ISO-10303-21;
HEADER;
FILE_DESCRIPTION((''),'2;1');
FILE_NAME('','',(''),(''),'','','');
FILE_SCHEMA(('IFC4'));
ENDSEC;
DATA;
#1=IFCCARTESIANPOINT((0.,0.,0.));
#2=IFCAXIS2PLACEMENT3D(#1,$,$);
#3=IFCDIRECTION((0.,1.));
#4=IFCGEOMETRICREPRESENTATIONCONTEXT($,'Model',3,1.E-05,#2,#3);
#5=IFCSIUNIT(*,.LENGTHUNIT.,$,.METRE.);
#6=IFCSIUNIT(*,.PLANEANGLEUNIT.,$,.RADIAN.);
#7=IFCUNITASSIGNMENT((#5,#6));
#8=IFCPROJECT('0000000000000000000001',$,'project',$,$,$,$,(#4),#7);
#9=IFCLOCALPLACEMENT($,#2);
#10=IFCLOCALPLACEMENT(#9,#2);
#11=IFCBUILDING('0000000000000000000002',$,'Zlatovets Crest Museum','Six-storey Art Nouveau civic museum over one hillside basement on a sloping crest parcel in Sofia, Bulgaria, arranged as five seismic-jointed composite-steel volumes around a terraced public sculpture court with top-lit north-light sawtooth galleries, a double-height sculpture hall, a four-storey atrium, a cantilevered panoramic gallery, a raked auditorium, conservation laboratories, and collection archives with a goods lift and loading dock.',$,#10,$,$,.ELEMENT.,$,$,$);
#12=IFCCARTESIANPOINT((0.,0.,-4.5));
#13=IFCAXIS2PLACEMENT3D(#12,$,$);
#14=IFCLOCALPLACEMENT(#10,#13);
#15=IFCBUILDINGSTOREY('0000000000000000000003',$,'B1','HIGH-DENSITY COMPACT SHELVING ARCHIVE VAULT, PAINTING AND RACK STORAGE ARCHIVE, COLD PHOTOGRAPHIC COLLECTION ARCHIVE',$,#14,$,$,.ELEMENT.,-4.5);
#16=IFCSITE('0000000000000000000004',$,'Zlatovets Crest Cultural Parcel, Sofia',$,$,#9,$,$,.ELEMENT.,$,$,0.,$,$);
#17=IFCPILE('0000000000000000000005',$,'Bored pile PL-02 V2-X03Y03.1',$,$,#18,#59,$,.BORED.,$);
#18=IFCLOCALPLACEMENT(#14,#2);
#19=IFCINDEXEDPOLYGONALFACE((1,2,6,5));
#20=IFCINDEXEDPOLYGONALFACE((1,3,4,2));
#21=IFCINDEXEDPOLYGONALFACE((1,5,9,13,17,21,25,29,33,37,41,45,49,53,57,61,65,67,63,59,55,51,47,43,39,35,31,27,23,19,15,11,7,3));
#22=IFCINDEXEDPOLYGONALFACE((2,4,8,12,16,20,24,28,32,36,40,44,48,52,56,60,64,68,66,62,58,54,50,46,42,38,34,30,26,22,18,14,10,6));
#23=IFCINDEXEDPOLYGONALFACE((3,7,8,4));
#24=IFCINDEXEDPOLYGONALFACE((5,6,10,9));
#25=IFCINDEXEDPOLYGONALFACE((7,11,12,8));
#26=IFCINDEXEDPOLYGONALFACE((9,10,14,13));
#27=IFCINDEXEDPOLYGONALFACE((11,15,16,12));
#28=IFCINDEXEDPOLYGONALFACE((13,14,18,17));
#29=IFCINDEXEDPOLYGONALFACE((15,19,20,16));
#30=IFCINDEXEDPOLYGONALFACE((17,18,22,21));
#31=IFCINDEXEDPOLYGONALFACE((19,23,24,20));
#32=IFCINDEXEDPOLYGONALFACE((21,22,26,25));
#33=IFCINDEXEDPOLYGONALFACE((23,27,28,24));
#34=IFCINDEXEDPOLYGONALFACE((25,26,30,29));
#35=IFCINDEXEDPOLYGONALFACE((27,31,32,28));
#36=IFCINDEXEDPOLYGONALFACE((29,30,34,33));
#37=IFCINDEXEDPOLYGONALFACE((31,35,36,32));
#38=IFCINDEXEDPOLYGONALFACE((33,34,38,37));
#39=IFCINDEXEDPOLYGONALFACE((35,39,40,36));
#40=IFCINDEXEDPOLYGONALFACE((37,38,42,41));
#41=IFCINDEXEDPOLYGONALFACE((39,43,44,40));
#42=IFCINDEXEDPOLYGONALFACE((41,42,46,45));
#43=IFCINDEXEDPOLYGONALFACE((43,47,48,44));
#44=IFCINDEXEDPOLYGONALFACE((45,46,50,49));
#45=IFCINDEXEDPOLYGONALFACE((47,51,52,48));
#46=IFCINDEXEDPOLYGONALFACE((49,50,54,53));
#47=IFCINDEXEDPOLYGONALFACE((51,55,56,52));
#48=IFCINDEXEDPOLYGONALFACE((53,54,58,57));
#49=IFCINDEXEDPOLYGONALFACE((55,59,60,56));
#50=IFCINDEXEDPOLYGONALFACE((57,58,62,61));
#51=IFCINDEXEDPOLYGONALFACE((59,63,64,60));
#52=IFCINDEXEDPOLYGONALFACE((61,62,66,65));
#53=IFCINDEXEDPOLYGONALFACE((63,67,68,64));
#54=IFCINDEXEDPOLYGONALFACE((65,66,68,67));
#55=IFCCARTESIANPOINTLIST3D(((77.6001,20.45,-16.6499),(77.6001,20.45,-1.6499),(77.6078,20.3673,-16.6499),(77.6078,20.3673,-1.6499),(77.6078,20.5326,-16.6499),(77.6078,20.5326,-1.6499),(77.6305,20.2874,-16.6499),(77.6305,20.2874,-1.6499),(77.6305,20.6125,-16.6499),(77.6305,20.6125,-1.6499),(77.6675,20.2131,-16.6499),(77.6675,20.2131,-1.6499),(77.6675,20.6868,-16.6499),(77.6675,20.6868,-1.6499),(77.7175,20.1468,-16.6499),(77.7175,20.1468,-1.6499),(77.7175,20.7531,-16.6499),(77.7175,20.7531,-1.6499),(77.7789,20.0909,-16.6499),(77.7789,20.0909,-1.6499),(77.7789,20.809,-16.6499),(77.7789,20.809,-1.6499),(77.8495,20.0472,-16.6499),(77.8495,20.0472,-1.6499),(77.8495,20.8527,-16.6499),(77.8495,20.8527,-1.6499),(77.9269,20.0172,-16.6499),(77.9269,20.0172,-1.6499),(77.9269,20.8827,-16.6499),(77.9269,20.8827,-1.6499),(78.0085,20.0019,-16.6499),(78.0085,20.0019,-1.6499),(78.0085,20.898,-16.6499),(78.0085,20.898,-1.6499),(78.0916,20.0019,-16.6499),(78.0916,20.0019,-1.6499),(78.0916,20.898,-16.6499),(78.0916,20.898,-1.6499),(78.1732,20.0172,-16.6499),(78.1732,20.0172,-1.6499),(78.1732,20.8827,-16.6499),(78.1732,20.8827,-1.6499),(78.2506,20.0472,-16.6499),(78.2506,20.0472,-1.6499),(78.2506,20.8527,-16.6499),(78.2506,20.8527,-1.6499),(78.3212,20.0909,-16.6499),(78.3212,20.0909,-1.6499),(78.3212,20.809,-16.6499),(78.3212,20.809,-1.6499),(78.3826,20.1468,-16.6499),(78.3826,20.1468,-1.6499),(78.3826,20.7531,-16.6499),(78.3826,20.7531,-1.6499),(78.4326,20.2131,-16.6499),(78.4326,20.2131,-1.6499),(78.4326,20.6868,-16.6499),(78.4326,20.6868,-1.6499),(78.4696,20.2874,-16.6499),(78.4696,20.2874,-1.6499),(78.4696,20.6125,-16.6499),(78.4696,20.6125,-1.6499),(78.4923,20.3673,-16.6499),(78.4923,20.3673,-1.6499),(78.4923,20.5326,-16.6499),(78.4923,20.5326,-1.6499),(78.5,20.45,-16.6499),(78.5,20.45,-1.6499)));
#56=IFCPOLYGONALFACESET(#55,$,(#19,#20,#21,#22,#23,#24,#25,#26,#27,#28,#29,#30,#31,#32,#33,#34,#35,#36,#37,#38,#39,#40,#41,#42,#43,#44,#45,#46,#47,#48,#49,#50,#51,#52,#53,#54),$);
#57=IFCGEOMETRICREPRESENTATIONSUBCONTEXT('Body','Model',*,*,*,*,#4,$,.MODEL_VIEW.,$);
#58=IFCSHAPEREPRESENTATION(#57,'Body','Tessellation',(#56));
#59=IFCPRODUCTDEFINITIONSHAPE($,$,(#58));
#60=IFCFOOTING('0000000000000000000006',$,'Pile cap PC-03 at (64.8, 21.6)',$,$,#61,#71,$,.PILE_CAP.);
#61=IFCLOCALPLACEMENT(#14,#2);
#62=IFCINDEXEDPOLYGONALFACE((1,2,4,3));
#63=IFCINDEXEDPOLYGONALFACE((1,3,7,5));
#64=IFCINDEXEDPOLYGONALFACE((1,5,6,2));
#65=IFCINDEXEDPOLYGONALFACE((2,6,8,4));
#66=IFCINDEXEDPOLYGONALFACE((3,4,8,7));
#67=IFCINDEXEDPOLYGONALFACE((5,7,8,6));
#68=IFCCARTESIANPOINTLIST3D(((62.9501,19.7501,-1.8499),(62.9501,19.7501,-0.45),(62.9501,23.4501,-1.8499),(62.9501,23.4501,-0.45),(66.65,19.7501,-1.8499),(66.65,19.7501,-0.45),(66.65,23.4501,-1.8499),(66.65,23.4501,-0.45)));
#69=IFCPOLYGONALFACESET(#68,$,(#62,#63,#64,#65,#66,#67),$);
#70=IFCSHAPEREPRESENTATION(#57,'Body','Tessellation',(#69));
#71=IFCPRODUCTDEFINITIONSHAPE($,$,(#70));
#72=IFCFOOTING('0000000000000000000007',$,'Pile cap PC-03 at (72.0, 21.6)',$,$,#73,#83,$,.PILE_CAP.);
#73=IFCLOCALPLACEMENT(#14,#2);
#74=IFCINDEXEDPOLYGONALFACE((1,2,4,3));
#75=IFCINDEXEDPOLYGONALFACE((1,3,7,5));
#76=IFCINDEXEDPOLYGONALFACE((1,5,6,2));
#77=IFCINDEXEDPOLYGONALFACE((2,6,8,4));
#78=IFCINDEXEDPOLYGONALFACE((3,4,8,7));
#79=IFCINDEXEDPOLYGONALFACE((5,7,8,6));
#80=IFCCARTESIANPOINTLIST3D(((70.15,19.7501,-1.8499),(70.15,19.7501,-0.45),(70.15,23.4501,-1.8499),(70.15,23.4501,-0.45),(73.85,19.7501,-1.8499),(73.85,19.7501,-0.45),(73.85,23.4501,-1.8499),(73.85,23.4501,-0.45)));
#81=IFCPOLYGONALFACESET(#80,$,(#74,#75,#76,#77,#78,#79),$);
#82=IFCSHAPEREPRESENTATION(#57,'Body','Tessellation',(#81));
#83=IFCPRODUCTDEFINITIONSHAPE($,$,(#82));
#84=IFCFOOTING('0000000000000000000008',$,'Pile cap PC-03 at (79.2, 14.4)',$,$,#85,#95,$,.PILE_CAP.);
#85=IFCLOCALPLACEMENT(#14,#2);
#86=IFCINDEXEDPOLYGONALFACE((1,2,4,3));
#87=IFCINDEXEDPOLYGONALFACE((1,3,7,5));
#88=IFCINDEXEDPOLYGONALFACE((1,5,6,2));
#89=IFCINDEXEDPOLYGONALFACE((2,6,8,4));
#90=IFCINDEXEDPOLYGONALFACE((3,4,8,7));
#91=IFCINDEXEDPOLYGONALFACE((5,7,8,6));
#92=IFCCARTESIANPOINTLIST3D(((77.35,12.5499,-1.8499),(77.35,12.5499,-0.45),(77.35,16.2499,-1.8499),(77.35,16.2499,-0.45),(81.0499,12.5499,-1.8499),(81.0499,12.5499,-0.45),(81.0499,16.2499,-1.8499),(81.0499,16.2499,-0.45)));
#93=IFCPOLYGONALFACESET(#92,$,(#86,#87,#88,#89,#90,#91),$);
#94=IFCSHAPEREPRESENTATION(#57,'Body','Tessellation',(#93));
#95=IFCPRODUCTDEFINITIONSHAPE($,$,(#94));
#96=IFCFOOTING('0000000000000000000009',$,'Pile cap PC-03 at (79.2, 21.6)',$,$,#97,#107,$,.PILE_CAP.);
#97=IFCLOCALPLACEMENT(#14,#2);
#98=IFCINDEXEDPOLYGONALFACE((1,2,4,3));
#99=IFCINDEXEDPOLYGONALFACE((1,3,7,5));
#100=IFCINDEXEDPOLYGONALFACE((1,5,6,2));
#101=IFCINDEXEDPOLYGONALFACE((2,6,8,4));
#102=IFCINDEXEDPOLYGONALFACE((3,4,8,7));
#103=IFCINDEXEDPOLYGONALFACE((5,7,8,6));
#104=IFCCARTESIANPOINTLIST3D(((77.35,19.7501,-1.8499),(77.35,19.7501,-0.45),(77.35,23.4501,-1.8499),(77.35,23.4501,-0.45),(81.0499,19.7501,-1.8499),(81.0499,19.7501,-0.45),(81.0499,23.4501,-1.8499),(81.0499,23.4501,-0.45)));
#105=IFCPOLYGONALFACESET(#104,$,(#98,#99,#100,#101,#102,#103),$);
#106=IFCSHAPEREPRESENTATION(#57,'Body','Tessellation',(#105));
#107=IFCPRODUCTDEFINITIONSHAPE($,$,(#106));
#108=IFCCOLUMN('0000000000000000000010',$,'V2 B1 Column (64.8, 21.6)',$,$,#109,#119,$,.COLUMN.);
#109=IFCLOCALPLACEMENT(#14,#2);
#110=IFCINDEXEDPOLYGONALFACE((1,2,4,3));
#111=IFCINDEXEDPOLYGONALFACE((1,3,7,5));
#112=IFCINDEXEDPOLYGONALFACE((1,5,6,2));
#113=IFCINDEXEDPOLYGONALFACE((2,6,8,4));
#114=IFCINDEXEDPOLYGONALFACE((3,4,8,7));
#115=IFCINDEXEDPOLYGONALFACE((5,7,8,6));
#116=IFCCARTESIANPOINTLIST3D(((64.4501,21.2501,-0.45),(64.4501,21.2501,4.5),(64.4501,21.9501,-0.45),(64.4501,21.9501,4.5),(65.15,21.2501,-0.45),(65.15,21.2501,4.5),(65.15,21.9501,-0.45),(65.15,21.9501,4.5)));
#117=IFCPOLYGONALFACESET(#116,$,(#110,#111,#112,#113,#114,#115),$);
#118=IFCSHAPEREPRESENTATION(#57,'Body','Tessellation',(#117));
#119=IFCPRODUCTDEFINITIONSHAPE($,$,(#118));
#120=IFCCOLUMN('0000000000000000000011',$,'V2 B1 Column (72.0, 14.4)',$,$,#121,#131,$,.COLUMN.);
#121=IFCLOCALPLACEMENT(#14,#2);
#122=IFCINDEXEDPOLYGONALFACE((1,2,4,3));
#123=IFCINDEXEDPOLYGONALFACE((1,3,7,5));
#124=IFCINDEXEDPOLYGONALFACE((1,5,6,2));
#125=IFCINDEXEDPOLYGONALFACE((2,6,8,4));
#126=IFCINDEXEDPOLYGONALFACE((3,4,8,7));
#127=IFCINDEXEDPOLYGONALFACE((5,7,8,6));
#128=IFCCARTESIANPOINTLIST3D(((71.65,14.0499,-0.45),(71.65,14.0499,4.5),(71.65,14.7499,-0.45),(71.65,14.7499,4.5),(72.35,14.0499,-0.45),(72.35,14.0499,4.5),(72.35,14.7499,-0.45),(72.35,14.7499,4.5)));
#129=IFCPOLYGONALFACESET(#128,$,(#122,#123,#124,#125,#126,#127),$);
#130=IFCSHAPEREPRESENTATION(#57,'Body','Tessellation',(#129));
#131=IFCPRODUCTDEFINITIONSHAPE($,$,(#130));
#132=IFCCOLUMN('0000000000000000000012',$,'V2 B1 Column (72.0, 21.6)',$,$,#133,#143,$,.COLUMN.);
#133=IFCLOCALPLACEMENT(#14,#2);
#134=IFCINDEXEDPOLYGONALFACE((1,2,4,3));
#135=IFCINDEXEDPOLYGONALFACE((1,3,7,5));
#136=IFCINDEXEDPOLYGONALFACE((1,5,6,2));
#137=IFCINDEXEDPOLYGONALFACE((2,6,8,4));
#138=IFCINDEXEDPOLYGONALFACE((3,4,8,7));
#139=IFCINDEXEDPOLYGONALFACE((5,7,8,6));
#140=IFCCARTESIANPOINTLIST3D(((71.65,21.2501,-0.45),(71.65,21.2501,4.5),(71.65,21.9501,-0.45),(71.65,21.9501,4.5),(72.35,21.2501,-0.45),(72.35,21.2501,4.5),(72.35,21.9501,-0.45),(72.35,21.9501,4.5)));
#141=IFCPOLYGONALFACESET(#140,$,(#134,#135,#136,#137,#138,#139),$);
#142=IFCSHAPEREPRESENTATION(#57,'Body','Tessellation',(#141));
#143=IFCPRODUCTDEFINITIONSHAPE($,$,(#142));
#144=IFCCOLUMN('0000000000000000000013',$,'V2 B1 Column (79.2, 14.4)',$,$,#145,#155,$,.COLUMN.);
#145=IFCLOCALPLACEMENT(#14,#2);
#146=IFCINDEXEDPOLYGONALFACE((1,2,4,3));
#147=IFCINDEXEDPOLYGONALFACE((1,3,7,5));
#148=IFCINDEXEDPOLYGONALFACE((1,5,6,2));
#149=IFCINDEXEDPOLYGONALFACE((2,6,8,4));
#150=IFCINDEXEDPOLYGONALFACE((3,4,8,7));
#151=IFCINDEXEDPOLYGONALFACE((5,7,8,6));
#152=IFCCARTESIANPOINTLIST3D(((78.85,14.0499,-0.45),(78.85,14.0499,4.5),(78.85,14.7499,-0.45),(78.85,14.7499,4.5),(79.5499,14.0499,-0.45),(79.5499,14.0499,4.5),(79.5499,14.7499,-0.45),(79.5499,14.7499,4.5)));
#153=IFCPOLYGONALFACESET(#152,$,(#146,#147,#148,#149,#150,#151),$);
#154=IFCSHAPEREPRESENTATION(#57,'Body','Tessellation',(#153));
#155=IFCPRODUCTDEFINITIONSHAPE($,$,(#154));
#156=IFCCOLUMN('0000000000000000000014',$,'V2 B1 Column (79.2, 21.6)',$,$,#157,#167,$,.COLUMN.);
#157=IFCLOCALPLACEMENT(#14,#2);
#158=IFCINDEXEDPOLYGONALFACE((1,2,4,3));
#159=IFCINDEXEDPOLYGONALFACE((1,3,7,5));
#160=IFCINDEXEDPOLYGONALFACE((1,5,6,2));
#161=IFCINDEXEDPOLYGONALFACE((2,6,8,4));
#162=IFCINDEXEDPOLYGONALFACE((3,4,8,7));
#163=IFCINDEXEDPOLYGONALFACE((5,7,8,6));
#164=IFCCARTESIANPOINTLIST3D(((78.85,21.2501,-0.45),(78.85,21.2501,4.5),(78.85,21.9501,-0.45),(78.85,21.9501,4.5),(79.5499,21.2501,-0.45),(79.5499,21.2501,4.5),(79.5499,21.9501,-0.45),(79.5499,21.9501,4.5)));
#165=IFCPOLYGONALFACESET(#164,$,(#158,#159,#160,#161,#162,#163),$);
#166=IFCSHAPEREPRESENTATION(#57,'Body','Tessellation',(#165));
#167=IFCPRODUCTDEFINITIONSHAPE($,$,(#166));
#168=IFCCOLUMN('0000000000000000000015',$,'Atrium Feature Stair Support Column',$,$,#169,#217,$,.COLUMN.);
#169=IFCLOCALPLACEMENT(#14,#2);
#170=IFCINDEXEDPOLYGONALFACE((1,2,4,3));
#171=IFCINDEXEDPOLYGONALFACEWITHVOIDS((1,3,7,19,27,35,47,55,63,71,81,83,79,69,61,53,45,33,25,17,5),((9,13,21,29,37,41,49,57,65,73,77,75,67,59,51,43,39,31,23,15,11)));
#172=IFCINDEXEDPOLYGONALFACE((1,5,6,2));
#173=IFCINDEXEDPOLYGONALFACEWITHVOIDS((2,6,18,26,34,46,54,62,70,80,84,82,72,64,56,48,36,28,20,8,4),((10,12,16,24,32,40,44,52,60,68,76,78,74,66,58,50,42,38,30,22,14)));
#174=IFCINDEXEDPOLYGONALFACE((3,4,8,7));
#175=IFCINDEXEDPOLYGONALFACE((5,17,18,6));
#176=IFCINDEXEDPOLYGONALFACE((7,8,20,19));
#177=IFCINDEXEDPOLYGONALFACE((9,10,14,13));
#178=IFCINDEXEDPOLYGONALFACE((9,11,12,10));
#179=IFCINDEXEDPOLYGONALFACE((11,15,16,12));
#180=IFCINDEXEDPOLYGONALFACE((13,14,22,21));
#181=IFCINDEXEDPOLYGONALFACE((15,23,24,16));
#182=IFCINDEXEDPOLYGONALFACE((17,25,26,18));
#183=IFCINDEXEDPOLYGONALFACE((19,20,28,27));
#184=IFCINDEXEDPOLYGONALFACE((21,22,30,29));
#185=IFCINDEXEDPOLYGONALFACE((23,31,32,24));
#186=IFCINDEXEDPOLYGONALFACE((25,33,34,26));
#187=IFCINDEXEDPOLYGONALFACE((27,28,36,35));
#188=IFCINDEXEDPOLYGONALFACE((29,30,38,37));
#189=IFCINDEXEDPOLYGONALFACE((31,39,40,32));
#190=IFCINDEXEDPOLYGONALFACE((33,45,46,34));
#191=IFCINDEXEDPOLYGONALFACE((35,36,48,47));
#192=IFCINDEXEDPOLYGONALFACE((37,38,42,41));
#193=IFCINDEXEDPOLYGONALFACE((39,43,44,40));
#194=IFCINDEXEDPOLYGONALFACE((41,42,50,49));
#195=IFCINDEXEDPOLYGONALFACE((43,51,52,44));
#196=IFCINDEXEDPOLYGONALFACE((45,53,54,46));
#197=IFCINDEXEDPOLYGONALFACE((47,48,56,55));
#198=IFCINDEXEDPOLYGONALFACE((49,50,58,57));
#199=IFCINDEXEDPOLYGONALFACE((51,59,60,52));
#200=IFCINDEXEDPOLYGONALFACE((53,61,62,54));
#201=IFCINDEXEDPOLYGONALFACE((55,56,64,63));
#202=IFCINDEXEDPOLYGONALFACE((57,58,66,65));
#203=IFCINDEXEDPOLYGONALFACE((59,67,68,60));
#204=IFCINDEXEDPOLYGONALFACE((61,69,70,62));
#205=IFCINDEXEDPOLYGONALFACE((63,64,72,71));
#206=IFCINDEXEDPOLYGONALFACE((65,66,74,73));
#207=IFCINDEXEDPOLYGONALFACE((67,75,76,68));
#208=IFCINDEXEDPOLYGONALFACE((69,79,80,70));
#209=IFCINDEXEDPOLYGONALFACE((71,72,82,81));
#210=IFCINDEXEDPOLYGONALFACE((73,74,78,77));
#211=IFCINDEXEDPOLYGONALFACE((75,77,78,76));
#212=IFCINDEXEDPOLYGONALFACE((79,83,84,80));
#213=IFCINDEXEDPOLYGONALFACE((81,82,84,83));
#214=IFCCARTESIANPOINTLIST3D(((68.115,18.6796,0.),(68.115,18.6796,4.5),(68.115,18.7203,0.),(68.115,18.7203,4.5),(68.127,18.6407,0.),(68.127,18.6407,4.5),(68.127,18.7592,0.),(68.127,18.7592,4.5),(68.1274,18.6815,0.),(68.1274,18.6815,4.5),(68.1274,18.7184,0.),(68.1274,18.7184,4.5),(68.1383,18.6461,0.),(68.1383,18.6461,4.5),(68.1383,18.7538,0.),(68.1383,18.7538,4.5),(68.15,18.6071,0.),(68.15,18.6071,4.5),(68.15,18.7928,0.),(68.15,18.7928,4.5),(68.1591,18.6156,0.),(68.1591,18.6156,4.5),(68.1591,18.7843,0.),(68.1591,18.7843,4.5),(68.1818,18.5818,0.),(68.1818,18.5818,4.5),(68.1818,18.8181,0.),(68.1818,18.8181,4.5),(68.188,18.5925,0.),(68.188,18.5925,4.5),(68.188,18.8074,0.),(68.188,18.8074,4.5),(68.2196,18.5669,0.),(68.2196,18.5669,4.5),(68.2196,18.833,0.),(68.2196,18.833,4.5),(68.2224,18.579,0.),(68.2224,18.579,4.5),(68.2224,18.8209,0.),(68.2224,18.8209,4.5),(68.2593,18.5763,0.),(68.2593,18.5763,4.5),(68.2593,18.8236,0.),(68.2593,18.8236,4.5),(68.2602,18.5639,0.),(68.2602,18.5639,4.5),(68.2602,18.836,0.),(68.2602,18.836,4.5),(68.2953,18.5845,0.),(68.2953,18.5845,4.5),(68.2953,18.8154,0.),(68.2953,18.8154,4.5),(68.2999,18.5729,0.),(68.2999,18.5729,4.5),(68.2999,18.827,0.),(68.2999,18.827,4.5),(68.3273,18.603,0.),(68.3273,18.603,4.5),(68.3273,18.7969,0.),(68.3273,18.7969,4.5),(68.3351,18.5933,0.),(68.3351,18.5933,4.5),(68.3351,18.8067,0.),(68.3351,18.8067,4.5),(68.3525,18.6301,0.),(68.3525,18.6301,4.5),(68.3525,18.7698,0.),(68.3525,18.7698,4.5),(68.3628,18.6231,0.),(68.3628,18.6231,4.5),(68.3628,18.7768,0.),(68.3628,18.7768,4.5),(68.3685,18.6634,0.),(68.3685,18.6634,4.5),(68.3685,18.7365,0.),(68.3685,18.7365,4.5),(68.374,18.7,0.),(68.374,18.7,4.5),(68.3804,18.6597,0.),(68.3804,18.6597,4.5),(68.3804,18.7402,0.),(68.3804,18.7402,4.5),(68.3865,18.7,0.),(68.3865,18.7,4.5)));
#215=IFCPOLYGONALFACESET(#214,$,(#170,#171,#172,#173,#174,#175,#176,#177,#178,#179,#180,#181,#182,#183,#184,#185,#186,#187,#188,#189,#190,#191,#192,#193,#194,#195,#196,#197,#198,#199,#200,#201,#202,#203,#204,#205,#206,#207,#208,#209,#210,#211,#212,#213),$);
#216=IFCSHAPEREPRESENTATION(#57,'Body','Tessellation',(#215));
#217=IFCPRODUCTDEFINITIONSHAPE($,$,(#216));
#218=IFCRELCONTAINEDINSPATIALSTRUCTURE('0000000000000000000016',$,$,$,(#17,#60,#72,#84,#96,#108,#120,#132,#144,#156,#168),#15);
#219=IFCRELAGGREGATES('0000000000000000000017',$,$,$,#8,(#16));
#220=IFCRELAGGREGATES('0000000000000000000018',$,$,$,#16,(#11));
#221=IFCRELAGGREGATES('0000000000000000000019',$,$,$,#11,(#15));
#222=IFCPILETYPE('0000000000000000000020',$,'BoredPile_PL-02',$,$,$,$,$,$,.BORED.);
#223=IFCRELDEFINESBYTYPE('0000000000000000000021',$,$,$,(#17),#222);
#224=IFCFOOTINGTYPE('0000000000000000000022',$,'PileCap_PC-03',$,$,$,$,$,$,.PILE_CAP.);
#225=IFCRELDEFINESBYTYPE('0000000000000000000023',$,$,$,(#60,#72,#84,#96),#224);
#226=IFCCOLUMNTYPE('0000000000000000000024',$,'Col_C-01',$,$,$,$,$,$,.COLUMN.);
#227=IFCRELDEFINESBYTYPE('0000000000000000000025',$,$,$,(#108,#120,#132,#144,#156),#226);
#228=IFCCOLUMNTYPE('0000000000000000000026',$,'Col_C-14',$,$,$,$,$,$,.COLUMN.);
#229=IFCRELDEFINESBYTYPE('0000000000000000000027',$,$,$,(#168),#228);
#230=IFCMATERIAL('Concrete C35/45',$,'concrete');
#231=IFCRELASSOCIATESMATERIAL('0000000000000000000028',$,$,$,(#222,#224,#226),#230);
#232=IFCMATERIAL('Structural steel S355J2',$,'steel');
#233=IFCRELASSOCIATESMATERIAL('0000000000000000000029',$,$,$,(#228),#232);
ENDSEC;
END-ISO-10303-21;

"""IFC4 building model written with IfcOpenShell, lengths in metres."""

from ifc_helpers import new_model, si_unit, direction, frame, origin, origin_2d, place, context, subcontext, project, spatial, rectangle, circle, hollow_circle, extrude, material, material_profile, profile_set, type_object, element, save


model = new_model("IFC4")

# Units and contexts
model_context = context("Model", 3, precision=1e-05, world=origin(), true_north=direction((0.0, 1.0)))
body_context = subcontext(model_context, "Body", "Model", "MODEL_VIEW")
ifc_project = project(units=[si_unit("LENGTHUNIT", "METRE"), si_unit("PLANEANGLEUNIT", "RADIAN")], contexts=[model_context])

# Site, building, storey
site_placement = place(None, origin())
site = spatial("IfcSite", under=ifc_project, at=site_placement, Name="Zlatovets Crest Cultural Parcel, Sofia", CompositionType="ELEMENT", RefElevation=0.0)
building_placement = place(site_placement, origin())
building = spatial("IfcBuilding", under=site, at=building_placement, Name="Zlatovets Crest Museum", Description="Six-storey Art Nouveau civic museum over one hillside basement on a sloping crest parcel in Sofia, Bulgaria, arranged as five seismic-jointed composite-steel volumes around a terraced public sculpture court with top-lit north-light sawtooth galleries, a double-height sculpture hall, a four-storey atrium, a cantilevered panoramic gallery, a raked auditorium, conservation laboratories, and collection archives with a goods lift and loading dock.", CompositionType="ELEMENT")
storey_placement = place(building_placement, frame((0.0, 0.0, -4.5)))
storey = spatial("IfcBuildingStorey", under=building, at=storey_placement, Name="B1", Description="HIGH-DENSITY COMPACT SHELVING ARCHIVE VAULT, PAINTING AND RACK STORAGE ARCHIVE, COLD PHOTOGRAPHIC COLLECTION ARCHIVE", CompositionType="ELEMENT", Elevation=-4.5)

# Pile
ifc_material_1 = material(Name="Concrete C35/45", Category="concrete")
ifc_material_profile_1 = material_profile(ifc_material_1, circle(Radius=0.45, at=origin_2d()), Name="PILE D900")
ifc_profile_set_1 = profile_set([ifc_material_profile_1], Name="Concrete C35/45")
pile_type = type_object("IfcPileType", Name="BoredPile_PL-02", PredefinedType="BORED", material=ifc_profile_set_1)
for number, where, z_axis, x_axis, name in (
    (1, (78.05, 20.45, -1.6499), (0.0, 0.0, -1.0), (1.0, 0.0, 0.0), "Bored pile PL-02 V2-X03Y03.1"),
):
    element("IfcPile", number, at=place(storey_placement, frame(where, z_axis=z_axis, x_axis=x_axis)), inside=storey, type_object=pile_type, Name=name, PredefinedType="BORED", context=body_context, shape_type="SweptSolid", body=[
        extrude(circle(Radius=0.45, at=origin_2d()), origin(), (0.0, 0.0, 1.0), 15.0),
    ])

# Footings
footing_type = type_object("IfcFootingType", Name="PileCap_PC-03", PredefinedType="PILE_CAP", material=ifc_material_1)
for number, where, z_axis, x_axis, name in (
    (2, (64.8, 21.6001, -1.8499), (0.0, 0.0, 1.0), (1.0, 0.0, 0.0), "Pile cap PC-03 at (64.8, 21.6)"),
    (3, (72.0, 21.6001, -1.8499), (0.0, 0.0, 1.0), (1.0, 0.0, 0.0), "Pile cap PC-03 at (72.0, 21.6)"),
    (4, (79.2, 14.3999, -1.8499), (0.0, 0.0, 1.0), (1.0, 0.0, 0.0), "Pile cap PC-03 at (79.2, 14.4)"),
    (5, (79.2, 21.6001, -1.8499), (0.0, 0.0, 1.0), (1.0, 0.0, 0.0), "Pile cap PC-03 at (79.2, 21.6)"),
):
    element("IfcFooting", number, at=place(storey_placement, frame(where, z_axis=z_axis, x_axis=x_axis)), inside=storey, type_object=footing_type, Name=name, PredefinedType="PILE_CAP", context=body_context, shape_type="SweptSolid", body=[
        extrude(rectangle(XDim=3.7, YDim=3.7, at=origin_2d()), origin(), (0.0, 0.0, 1.0), 1.3999),
    ])

# Columns
ifc_material_profile_2 = material_profile(ifc_material_1, rectangle(XDim=0.7, YDim=0.7, at=origin_2d()), Name="RC 700x700")
ifc_profile_set_2 = profile_set([ifc_material_profile_2], Name="Concrete C35/45")
column_type_1 = type_object("IfcColumnType", Name="Col_C-01", PredefinedType="COLUMN", material=ifc_profile_set_2)
for number, where, z_axis, x_axis, name in (
    (6, (64.8, 21.6001, -0.45), (0.0, 0.0, 1.0), (1.0, 0.0, 0.0), "V2 B1 Column (64.8, 21.6)"),
    (7, (72.0, 14.3999, -0.45), (0.0, 0.0, 1.0), (1.0, 0.0, 0.0), "V2 B1 Column (72.0, 14.4)"),
    (8, (72.0, 21.6001, -0.45), (0.0, 0.0, 1.0), (0.0, 1.0, 0.0), "V2 B1 Column (72.0, 21.6)"),
    (9, (79.2, 14.3999, -0.45), (0.0, 0.0, 1.0), (0.0, 1.0, 0.0), "V2 B1 Column (79.2, 14.4)"),
    (10, (79.2, 21.6001, -0.45), (0.0, 0.0, 1.0), (1.0, 0.0, 0.0), "V2 B1 Column (79.2, 21.6)"),
):
    element("IfcColumn", number, at=place(storey_placement, frame(where, z_axis=z_axis, x_axis=x_axis)), inside=storey, type_object=column_type_1, Name=name, PredefinedType="COLUMN", context=body_context, shape_type="SweptSolid", body=[
        extrude(rectangle(XDim=0.7, YDim=0.7, at=origin_2d()), origin(), (0.0, 0.0, 1.0), 4.95),
    ])
ifc_material_2 = material(Name="Structural steel S355J2", Category="steel")
ifc_material_profile_3 = material_profile(ifc_material_2, hollow_circle(Radius=0.1365, WallThickness=0.0125, at=origin_2d()), Name="CHS 273.0x12.5")
ifc_profile_set_3 = profile_set([ifc_material_profile_3], Name="Structural steel S355J2")
column_type_2 = type_object("IfcColumnType", Name="Col_C-14", PredefinedType="COLUMN", material=ifc_profile_set_3)
for number, where, z_axis, x_axis, name in (
    (11, (68.25, 18.7, 0.0), (0.0, 0.0, 1.0), (1.0, 0.0, 0.0), "Atrium Feature Stair Support Column"),
):
    element("IfcColumn", number, at=place(storey_placement, frame(where, z_axis=z_axis, x_axis=x_axis)), inside=storey, type_object=column_type_2, Name=name, PredefinedType="COLUMN", context=body_context, shape_type="SweptSolid", body=[
        extrude(hollow_circle(Radius=0.1365, WallThickness=0.0125, at=origin_2d()), origin(), (0.0, 0.0, 1.0), 4.5),
    ])

save(model, "model.ifc")
